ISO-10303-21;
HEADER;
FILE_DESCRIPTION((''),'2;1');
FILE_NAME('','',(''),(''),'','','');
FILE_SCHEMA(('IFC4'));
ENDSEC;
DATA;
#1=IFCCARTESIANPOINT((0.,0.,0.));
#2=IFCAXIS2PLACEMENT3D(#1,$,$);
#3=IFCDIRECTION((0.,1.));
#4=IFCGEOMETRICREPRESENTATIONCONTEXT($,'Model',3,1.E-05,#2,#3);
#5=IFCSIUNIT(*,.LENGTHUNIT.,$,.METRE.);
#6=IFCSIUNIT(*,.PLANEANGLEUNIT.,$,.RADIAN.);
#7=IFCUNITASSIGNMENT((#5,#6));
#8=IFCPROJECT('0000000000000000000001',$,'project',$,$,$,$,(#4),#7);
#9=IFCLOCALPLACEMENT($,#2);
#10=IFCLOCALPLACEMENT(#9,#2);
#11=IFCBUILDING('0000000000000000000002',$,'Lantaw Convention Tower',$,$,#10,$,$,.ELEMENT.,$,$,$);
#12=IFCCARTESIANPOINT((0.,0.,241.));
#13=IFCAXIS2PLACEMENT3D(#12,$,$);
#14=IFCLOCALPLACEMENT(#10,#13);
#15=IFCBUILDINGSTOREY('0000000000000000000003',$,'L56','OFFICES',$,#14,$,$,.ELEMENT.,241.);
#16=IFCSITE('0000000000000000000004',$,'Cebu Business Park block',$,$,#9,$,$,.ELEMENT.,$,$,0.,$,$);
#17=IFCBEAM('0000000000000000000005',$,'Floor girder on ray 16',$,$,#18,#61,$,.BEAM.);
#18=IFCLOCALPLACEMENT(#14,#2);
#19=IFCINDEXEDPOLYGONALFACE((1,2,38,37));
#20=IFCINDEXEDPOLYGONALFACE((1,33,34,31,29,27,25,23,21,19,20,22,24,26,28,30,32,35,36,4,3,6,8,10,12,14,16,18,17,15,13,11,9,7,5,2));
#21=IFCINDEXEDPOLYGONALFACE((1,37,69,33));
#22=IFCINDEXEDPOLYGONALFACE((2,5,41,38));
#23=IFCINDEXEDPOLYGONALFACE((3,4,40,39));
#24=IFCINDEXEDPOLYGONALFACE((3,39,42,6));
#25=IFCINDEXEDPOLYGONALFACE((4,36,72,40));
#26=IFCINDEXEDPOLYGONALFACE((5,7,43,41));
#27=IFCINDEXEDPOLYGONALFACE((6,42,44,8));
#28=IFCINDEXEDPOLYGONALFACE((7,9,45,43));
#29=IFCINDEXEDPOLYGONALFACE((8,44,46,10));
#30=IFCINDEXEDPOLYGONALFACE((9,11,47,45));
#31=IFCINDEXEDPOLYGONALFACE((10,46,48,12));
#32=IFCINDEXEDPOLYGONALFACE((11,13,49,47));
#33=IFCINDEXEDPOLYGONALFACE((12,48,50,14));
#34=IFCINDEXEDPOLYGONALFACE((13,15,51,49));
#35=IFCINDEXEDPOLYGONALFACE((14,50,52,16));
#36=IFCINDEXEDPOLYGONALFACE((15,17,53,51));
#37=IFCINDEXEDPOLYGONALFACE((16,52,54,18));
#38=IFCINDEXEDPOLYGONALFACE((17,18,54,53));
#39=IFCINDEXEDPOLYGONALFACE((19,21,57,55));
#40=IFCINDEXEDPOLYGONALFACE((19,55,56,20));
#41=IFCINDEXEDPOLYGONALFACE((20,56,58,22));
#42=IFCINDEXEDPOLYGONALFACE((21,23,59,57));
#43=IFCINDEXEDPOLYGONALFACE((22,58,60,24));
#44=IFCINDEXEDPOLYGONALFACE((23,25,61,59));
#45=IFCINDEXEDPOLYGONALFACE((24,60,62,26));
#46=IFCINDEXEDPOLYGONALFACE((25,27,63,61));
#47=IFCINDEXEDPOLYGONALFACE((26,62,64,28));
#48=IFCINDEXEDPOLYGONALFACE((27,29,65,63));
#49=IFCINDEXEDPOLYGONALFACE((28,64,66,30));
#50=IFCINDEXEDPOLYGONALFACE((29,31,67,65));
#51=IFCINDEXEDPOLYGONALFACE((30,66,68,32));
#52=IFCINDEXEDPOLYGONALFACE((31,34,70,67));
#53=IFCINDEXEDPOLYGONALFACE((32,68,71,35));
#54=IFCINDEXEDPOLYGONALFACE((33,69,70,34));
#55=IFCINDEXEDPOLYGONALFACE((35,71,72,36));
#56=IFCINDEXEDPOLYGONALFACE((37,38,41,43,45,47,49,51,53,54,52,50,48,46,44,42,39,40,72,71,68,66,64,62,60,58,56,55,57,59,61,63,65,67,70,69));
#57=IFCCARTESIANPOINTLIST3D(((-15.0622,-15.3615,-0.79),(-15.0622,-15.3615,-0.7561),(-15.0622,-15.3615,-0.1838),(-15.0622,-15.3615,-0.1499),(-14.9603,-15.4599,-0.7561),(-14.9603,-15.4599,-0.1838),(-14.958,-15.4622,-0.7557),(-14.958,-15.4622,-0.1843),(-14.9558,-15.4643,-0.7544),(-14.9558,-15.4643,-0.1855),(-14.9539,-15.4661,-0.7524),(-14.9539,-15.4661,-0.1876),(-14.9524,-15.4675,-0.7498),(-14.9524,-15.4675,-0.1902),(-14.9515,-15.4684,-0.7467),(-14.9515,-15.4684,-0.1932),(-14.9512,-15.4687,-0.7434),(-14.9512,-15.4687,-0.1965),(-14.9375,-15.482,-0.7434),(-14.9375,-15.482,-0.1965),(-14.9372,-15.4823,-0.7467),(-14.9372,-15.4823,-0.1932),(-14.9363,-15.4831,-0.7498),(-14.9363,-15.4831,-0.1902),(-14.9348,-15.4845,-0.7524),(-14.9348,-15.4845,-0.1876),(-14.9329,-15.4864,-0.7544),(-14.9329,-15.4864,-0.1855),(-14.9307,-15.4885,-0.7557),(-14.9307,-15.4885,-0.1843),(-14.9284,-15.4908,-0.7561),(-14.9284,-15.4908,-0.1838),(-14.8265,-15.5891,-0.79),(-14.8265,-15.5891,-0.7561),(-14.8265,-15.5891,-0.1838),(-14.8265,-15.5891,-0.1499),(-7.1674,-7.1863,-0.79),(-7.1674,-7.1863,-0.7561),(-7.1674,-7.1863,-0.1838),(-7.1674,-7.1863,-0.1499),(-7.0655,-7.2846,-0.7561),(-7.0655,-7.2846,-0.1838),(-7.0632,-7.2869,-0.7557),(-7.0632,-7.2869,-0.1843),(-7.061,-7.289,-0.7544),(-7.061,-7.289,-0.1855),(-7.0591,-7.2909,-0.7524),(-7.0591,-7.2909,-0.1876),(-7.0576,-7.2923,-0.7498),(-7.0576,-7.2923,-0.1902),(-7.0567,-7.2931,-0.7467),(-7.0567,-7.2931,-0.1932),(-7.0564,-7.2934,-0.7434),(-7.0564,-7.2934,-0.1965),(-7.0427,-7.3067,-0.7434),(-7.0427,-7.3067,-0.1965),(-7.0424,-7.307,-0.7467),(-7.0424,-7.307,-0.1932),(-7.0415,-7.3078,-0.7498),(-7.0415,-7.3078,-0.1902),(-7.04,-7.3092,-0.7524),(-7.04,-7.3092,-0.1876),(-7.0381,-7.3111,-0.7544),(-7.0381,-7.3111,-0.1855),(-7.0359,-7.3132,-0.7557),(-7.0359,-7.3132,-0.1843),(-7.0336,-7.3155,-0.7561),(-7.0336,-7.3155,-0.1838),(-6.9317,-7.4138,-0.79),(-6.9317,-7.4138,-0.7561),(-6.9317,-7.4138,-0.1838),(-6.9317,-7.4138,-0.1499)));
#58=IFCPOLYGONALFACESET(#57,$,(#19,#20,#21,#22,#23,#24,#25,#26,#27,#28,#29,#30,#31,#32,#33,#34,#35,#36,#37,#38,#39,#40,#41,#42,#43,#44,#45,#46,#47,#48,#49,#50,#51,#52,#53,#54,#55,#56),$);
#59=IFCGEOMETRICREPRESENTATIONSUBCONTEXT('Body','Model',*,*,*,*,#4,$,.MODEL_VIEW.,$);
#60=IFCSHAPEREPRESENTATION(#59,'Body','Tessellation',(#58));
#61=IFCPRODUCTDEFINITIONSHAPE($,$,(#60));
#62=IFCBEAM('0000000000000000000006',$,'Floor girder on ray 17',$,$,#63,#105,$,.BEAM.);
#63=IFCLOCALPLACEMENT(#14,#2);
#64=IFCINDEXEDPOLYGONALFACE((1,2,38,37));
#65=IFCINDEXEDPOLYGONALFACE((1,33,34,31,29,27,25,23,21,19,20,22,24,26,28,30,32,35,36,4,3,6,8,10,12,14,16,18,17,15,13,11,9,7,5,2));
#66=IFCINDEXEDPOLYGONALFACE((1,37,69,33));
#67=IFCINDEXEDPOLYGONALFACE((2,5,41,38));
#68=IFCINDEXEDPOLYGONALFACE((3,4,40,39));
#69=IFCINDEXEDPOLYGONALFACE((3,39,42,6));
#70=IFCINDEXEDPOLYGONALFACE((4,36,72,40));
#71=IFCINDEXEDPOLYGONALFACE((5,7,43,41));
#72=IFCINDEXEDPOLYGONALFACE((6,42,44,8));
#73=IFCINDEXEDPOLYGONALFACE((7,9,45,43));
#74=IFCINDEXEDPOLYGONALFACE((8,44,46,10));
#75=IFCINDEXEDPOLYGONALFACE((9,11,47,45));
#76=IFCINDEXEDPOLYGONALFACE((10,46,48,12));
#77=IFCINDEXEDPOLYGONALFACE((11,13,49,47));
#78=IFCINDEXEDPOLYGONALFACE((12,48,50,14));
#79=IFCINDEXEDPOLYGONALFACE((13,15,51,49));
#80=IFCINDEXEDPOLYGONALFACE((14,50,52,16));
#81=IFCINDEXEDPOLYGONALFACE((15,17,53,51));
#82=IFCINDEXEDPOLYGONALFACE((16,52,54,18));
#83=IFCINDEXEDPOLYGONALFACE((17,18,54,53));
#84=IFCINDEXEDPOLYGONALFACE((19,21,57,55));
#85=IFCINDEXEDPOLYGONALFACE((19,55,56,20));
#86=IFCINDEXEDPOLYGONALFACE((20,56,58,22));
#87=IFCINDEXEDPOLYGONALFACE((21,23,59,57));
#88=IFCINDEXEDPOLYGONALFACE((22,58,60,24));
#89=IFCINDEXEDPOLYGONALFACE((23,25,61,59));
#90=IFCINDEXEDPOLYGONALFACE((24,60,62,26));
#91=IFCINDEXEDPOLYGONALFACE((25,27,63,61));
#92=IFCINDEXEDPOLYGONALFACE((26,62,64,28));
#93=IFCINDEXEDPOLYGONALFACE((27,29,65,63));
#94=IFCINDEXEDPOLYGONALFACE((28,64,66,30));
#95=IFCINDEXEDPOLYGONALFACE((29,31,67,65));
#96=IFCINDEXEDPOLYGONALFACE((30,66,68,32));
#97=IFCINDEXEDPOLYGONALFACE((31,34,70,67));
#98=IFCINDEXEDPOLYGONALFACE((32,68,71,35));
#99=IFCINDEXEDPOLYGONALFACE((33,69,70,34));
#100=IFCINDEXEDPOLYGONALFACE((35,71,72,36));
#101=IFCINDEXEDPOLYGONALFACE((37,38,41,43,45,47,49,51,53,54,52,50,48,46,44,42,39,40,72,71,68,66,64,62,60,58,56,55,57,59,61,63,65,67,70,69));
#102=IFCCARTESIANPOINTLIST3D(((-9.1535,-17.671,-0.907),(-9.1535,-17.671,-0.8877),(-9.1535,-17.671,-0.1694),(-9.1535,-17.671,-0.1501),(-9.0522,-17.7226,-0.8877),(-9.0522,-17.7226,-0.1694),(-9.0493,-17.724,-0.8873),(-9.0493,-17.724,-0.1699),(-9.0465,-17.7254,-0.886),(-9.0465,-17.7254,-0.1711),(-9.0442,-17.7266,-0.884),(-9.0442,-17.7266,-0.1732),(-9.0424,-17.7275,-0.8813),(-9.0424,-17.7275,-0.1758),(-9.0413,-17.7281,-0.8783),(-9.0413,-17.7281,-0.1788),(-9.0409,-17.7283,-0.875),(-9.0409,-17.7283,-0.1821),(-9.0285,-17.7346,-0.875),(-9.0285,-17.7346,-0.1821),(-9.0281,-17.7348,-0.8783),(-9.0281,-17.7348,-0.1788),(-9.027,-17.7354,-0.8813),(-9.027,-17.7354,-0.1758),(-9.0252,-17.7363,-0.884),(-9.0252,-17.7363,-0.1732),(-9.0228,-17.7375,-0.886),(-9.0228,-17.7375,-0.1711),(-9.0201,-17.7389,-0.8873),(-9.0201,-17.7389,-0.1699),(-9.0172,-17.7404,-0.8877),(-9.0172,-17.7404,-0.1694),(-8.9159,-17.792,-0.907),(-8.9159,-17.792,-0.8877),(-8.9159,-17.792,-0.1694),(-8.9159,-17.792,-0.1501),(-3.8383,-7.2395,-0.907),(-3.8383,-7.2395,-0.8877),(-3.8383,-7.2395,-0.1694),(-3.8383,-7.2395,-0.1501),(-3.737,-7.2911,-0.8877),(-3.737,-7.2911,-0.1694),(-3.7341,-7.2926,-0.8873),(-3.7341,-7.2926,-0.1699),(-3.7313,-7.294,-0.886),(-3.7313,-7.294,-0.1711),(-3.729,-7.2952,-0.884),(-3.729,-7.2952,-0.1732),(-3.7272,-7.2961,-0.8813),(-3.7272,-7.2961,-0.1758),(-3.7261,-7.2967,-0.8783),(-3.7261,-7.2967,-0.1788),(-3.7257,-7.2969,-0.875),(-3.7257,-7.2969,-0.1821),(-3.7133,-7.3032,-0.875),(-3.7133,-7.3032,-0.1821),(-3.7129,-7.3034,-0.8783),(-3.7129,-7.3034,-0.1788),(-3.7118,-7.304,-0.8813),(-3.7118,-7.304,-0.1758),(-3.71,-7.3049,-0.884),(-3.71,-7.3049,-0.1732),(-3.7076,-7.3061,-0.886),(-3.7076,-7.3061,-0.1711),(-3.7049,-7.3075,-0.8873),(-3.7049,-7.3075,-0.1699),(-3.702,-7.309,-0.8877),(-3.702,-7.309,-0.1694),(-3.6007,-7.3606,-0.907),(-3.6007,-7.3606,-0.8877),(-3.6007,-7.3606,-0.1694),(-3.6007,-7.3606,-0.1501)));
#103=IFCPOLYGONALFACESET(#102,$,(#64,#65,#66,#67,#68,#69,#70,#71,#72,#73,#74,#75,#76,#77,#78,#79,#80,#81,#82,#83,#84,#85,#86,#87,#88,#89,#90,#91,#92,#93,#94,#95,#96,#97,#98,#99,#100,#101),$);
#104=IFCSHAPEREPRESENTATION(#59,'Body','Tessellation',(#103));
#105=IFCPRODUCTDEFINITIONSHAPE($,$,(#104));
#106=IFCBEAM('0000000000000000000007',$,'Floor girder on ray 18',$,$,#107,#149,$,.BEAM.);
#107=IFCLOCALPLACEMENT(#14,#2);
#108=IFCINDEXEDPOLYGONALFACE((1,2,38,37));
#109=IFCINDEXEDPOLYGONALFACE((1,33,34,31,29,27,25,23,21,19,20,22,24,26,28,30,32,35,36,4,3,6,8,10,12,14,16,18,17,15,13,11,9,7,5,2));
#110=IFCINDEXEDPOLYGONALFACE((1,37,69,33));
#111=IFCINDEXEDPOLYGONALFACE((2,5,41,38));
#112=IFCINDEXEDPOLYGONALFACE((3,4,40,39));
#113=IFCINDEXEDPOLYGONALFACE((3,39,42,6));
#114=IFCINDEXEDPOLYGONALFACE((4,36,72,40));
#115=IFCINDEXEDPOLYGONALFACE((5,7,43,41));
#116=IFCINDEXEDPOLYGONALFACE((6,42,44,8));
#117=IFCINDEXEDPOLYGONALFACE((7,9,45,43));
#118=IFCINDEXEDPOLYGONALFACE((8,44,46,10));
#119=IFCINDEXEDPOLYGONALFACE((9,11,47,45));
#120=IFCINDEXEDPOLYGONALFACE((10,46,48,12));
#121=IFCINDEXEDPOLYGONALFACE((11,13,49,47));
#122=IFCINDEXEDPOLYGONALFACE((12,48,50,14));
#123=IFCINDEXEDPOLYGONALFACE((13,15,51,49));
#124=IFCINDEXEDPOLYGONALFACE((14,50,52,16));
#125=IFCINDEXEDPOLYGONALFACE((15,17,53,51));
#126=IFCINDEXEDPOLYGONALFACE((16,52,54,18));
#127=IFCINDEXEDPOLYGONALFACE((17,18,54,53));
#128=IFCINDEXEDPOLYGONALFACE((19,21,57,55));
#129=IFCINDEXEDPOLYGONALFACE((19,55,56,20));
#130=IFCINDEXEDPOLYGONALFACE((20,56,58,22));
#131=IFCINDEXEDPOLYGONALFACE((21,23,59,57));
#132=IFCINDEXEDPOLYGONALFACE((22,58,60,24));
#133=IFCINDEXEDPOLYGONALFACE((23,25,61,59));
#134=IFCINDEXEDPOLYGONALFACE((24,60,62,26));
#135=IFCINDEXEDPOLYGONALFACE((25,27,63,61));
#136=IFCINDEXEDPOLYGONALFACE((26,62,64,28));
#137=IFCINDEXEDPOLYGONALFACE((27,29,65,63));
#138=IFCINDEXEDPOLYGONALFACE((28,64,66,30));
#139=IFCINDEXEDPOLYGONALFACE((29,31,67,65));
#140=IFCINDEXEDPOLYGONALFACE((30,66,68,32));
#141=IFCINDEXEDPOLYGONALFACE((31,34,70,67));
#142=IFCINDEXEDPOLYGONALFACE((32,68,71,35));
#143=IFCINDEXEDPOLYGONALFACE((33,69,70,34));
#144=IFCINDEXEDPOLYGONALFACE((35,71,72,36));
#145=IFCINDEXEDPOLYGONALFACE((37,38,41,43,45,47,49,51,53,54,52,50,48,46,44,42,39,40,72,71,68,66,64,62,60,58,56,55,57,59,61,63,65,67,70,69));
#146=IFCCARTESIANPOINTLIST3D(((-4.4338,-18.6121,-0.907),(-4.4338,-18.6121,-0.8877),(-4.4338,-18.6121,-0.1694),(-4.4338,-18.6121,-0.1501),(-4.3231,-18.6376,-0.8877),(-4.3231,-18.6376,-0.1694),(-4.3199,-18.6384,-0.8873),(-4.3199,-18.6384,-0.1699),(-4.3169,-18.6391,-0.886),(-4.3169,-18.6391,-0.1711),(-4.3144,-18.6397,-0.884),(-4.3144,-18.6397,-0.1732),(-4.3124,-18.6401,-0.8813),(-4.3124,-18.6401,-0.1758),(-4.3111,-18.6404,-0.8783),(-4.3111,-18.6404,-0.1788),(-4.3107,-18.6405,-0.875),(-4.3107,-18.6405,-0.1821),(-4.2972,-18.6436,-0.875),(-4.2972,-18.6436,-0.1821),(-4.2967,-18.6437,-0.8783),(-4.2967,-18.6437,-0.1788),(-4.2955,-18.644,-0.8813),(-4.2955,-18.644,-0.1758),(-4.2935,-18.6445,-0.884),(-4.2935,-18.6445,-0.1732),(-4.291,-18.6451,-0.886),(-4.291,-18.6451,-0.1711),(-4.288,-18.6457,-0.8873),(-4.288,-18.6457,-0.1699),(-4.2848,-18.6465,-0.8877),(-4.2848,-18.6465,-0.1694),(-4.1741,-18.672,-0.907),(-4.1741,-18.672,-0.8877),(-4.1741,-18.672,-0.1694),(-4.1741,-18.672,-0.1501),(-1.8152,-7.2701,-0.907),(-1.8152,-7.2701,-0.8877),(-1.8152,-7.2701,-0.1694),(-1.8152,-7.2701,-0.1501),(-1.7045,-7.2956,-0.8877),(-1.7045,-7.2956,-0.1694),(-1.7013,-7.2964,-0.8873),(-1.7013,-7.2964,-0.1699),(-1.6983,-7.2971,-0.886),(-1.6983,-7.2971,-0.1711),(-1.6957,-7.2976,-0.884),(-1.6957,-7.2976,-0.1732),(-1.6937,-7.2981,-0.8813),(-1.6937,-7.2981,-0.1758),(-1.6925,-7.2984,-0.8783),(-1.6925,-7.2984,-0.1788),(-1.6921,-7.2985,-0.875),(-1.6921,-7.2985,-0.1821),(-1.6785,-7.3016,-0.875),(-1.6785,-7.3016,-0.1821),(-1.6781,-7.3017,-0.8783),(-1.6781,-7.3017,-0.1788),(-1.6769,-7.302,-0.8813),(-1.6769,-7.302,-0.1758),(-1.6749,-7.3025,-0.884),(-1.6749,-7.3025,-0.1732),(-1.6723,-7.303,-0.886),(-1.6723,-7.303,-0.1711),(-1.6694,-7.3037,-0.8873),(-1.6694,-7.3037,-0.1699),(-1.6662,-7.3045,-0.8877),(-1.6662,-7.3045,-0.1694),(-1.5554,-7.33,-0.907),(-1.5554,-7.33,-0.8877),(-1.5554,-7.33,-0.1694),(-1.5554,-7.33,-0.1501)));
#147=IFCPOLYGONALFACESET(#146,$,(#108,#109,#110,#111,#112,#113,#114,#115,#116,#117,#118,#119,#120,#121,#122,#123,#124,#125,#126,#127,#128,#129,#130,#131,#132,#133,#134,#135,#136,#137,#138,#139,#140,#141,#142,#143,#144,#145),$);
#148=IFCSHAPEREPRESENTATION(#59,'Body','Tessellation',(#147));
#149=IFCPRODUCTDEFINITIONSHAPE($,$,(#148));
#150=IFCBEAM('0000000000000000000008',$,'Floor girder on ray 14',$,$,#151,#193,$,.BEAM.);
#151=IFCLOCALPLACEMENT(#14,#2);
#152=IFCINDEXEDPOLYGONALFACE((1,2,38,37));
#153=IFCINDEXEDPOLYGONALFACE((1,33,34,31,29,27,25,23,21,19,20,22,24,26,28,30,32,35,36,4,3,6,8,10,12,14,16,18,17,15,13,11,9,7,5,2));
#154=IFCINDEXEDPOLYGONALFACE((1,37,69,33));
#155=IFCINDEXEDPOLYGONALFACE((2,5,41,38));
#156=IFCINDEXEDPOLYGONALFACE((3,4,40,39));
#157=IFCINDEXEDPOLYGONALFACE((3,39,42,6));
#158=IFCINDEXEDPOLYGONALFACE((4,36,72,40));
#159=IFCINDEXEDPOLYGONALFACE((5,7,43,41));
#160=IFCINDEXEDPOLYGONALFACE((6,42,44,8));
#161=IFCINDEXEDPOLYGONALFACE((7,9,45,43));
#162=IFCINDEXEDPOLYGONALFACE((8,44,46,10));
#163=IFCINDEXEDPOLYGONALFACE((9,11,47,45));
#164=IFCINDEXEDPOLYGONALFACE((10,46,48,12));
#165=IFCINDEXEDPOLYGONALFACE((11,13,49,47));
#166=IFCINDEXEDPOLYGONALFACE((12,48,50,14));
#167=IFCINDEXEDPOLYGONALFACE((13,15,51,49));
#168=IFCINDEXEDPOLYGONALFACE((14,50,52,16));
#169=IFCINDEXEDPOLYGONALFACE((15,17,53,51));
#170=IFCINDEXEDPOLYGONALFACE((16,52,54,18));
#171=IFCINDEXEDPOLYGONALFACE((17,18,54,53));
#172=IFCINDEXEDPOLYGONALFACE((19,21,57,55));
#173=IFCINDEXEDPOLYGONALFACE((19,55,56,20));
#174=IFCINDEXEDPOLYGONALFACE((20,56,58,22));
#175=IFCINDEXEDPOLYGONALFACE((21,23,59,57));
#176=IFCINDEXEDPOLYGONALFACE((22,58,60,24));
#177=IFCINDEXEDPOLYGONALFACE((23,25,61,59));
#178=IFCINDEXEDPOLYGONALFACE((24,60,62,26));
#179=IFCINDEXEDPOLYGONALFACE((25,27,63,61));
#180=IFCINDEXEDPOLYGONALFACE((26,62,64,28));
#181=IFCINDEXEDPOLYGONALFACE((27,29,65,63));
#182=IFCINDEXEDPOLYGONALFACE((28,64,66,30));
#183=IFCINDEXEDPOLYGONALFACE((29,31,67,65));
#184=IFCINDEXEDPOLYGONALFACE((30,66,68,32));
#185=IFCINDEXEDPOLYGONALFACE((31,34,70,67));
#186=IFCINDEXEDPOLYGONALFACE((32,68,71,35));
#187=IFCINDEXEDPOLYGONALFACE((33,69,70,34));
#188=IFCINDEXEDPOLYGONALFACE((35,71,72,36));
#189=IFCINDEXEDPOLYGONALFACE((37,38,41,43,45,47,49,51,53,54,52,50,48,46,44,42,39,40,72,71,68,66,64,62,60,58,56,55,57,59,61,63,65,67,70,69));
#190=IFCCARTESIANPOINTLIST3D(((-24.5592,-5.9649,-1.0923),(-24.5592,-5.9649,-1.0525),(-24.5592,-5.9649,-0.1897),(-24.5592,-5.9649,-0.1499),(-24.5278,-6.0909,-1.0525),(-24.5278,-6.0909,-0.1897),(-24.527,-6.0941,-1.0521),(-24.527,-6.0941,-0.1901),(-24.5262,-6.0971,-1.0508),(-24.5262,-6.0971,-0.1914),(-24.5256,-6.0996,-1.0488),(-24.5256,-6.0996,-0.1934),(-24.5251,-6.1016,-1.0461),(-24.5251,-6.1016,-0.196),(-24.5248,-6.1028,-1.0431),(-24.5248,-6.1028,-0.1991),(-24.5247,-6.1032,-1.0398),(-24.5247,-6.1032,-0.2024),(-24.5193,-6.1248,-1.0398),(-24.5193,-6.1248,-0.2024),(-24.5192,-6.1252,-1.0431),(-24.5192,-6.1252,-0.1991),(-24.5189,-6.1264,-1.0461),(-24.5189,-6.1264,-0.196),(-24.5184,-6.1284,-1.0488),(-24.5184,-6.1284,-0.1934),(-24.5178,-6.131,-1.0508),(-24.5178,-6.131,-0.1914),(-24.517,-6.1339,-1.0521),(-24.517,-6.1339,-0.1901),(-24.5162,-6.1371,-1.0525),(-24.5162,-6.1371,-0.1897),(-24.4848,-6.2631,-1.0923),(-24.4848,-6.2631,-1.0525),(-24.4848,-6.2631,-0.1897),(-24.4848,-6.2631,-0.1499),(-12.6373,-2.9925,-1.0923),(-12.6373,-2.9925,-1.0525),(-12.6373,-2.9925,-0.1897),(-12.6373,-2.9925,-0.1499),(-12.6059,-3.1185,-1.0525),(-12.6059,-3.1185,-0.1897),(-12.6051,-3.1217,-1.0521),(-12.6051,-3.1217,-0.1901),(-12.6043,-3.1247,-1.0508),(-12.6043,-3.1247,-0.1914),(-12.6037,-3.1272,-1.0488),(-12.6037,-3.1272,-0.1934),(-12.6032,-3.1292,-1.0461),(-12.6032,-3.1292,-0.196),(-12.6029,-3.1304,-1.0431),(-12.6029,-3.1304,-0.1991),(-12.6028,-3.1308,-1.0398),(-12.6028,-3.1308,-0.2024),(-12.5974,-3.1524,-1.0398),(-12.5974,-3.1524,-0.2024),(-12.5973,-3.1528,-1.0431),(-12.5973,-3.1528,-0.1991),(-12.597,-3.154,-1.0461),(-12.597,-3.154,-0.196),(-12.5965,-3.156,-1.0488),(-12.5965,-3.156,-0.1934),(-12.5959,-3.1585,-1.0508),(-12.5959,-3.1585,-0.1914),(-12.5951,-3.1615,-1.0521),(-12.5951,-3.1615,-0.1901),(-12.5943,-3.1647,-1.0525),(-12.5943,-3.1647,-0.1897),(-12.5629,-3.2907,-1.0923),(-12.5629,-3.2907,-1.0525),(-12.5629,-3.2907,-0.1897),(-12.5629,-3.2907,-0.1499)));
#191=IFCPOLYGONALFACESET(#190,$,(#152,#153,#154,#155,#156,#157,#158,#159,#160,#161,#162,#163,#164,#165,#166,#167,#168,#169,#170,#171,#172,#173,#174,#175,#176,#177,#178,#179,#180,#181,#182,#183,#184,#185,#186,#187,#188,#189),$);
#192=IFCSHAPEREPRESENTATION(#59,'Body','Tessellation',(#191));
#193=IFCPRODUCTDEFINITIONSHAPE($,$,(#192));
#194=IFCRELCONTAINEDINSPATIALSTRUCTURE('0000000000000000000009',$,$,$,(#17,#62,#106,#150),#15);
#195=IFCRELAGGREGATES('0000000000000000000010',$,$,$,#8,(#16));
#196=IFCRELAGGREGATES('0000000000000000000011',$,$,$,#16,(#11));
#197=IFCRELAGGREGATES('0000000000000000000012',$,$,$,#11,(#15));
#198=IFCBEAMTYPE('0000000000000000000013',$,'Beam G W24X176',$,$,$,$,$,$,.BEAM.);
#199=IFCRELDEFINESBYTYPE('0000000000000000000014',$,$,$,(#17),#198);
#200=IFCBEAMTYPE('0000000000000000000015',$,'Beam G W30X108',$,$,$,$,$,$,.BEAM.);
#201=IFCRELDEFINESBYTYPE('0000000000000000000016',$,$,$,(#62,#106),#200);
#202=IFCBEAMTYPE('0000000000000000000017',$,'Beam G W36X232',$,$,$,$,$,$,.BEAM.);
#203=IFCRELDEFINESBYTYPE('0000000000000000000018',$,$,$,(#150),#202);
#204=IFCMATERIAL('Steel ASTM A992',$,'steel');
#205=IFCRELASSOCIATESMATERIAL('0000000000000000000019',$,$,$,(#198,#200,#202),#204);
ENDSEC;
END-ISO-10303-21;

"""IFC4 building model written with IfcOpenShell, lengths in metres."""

from ifc_helpers import new_model, si_unit, direction, frame, origin, origin_2d, place, context, subcontext, project, spatial, i_section, extrude, material, material_profile, profile_set, type_object, element, save


model = new_model("IFC4")

# Units and contexts
model_context = context("Model", 3, precision=1e-05, world=origin(), true_north=direction((0.0, 1.0)))
body_context = subcontext(model_context, "Body", "Model", "MODEL_VIEW")
ifc_project = project(units=[si_unit("LENGTHUNIT", "METRE"), si_unit("PLANEANGLEUNIT", "RADIAN")], contexts=[model_context])

# Site, building, storey
site_placement = place(None, origin())
site = spatial("IfcSite", under=ifc_project, at=site_placement, Name="Cebu Business Park block", CompositionType="ELEMENT", RefElevation=0.0)
building_placement = place(site_placement, origin())
building = spatial("IfcBuilding", under=site, at=building_placement, Name="Lantaw Convention Tower", CompositionType="ELEMENT")
storey_placement = place(building_placement, frame((0.0, 0.0, 241.0)))
storey = spatial("IfcBuildingStorey", under=building, at=storey_placement, Name="L56", Description="OFFICES", CompositionType="ELEMENT", Elevation=241.0)

# Beams
ifc_material_1 = material(Name="Steel ASTM A992", Category="steel")
ifc_material_profile_1 = material_profile(ifc_material_1, i_section(OverallWidth=0.3276, OverallDepth=0.6401, WebThickness=0.019, FlangeThickness=0.0339, FilletRadius=0.0127, at=origin_2d()), Name="W24X176")
ifc_profile_set_1 = profile_set([ifc_material_profile_1], Name="Steel ASTM A992")
beam_type_1 = type_object("IfcBeamType", Name="Beam G W24X176", PredefinedType="BEAM", material=ifc_profile_set_1)
beam_1_placement = place(storey_placement, frame((-7.0496, -7.3, -0.47), z_axis=(-0.694658, -0.71934, 0.0), x_axis=(0.71934, -0.694658, 0.0)))
element("IfcBeam", 1, at=beam_1_placement, inside=storey, type_object=beam_type_1, Name="Floor girder on ray 16", PredefinedType="BEAM", context=body_context, shape_type="SweptSolid", body=[
    extrude(i_section(OverallWidth=0.3276, OverallDepth=0.6401, WebThickness=0.019, FlangeThickness=0.0339, FilletRadius=0.0127, at=origin_2d()), origin(), (0.0, 0.0, 1.0), 11.365),
])
ifc_material_profile_2 = material_profile(ifc_material_1, i_section(OverallWidth=0.2666, OverallDepth=0.7568, WebThickness=0.0139, FlangeThickness=0.0193, FilletRadius=0.0127, at=origin_2d()), Name="W30X108")
ifc_profile_set_2 = profile_set([ifc_material_profile_2], Name="Steel ASTM A992")
beam_type_2 = type_object("IfcBeamType", Name="Beam G W30X108", PredefinedType="BEAM", material=ifc_profile_set_2)
beam_2_placement = place(storey_placement, frame((-3.7195, -7.3, -0.5286), z_axis=(-0.453999, -0.891002, 0.0), x_axis=(0.891002, -0.453999, 0.0)))
element("IfcBeam", 2, at=beam_2_placement, inside=storey, type_object=beam_type_2, Name="Floor girder on ray 17", PredefinedType="BEAM", context=body_context, shape_type="SweptSolid", body=[
    extrude(i_section(OverallWidth=0.2666, OverallDepth=0.7568, WebThickness=0.0139, FlangeThickness=0.0193, FilletRadius=0.0127, at=origin_2d()), origin(), (0.0, 0.0, 1.0), 11.7075),
])
beam_3_placement = place(storey_placement, frame((-1.6853, -7.3, -0.5286), z_axis=(-0.224962, -0.974368, 0.0), x_axis=(0.974368, -0.224962, 0.0)))
element("IfcBeam", 3, at=beam_3_placement, inside=storey, type_object=beam_type_2, Name="Floor girder on ray 18", PredefinedType="BEAM", context=body_context, shape_type="SweptSolid", body=[
    extrude(i_section(OverallWidth=0.2666, OverallDepth=0.7568, WebThickness=0.0139, FlangeThickness=0.0193, FilletRadius=0.0127, at=origin_2d()), origin(), (0.0, 0.0, 1.0), 11.6404),
])
ifc_material_profile_3 = material_profile(ifc_material_1, i_section(OverallWidth=0.3074, OverallDepth=0.9424, WebThickness=0.0222, FlangeThickness=0.0398, FilletRadius=0.0127, at=origin_2d()), Name="W36X232")
ifc_profile_set_3 = profile_set([ifc_material_profile_3], Name="Steel ASTM A992")
beam_type_3 = type_object("IfcBeamType", Name="Beam G W36X232", PredefinedType="BEAM", material=ifc_profile_set_3)
beam_4_placement = place(storey_placement, frame((-12.6001, -3.1416, -0.6211), z_axis=(-0.970297, -0.241918, 0.0), x_axis=(0.241918, -0.970297, 0.0)))
element("IfcBeam", 4, at=beam_4_placement, inside=storey, type_object=beam_type_3, Name="Floor girder on ray 14", PredefinedType="BEAM", context=body_context, shape_type="SweptSolid", body=[
    extrude(i_section(OverallWidth=0.3074, OverallDepth=0.9424, WebThickness=0.0222, FlangeThickness=0.0398, FilletRadius=0.0127, at=origin_2d()), origin(), (0.0, 0.0, 1.0), 12.2869),
])

save(model, "model.ifc")
